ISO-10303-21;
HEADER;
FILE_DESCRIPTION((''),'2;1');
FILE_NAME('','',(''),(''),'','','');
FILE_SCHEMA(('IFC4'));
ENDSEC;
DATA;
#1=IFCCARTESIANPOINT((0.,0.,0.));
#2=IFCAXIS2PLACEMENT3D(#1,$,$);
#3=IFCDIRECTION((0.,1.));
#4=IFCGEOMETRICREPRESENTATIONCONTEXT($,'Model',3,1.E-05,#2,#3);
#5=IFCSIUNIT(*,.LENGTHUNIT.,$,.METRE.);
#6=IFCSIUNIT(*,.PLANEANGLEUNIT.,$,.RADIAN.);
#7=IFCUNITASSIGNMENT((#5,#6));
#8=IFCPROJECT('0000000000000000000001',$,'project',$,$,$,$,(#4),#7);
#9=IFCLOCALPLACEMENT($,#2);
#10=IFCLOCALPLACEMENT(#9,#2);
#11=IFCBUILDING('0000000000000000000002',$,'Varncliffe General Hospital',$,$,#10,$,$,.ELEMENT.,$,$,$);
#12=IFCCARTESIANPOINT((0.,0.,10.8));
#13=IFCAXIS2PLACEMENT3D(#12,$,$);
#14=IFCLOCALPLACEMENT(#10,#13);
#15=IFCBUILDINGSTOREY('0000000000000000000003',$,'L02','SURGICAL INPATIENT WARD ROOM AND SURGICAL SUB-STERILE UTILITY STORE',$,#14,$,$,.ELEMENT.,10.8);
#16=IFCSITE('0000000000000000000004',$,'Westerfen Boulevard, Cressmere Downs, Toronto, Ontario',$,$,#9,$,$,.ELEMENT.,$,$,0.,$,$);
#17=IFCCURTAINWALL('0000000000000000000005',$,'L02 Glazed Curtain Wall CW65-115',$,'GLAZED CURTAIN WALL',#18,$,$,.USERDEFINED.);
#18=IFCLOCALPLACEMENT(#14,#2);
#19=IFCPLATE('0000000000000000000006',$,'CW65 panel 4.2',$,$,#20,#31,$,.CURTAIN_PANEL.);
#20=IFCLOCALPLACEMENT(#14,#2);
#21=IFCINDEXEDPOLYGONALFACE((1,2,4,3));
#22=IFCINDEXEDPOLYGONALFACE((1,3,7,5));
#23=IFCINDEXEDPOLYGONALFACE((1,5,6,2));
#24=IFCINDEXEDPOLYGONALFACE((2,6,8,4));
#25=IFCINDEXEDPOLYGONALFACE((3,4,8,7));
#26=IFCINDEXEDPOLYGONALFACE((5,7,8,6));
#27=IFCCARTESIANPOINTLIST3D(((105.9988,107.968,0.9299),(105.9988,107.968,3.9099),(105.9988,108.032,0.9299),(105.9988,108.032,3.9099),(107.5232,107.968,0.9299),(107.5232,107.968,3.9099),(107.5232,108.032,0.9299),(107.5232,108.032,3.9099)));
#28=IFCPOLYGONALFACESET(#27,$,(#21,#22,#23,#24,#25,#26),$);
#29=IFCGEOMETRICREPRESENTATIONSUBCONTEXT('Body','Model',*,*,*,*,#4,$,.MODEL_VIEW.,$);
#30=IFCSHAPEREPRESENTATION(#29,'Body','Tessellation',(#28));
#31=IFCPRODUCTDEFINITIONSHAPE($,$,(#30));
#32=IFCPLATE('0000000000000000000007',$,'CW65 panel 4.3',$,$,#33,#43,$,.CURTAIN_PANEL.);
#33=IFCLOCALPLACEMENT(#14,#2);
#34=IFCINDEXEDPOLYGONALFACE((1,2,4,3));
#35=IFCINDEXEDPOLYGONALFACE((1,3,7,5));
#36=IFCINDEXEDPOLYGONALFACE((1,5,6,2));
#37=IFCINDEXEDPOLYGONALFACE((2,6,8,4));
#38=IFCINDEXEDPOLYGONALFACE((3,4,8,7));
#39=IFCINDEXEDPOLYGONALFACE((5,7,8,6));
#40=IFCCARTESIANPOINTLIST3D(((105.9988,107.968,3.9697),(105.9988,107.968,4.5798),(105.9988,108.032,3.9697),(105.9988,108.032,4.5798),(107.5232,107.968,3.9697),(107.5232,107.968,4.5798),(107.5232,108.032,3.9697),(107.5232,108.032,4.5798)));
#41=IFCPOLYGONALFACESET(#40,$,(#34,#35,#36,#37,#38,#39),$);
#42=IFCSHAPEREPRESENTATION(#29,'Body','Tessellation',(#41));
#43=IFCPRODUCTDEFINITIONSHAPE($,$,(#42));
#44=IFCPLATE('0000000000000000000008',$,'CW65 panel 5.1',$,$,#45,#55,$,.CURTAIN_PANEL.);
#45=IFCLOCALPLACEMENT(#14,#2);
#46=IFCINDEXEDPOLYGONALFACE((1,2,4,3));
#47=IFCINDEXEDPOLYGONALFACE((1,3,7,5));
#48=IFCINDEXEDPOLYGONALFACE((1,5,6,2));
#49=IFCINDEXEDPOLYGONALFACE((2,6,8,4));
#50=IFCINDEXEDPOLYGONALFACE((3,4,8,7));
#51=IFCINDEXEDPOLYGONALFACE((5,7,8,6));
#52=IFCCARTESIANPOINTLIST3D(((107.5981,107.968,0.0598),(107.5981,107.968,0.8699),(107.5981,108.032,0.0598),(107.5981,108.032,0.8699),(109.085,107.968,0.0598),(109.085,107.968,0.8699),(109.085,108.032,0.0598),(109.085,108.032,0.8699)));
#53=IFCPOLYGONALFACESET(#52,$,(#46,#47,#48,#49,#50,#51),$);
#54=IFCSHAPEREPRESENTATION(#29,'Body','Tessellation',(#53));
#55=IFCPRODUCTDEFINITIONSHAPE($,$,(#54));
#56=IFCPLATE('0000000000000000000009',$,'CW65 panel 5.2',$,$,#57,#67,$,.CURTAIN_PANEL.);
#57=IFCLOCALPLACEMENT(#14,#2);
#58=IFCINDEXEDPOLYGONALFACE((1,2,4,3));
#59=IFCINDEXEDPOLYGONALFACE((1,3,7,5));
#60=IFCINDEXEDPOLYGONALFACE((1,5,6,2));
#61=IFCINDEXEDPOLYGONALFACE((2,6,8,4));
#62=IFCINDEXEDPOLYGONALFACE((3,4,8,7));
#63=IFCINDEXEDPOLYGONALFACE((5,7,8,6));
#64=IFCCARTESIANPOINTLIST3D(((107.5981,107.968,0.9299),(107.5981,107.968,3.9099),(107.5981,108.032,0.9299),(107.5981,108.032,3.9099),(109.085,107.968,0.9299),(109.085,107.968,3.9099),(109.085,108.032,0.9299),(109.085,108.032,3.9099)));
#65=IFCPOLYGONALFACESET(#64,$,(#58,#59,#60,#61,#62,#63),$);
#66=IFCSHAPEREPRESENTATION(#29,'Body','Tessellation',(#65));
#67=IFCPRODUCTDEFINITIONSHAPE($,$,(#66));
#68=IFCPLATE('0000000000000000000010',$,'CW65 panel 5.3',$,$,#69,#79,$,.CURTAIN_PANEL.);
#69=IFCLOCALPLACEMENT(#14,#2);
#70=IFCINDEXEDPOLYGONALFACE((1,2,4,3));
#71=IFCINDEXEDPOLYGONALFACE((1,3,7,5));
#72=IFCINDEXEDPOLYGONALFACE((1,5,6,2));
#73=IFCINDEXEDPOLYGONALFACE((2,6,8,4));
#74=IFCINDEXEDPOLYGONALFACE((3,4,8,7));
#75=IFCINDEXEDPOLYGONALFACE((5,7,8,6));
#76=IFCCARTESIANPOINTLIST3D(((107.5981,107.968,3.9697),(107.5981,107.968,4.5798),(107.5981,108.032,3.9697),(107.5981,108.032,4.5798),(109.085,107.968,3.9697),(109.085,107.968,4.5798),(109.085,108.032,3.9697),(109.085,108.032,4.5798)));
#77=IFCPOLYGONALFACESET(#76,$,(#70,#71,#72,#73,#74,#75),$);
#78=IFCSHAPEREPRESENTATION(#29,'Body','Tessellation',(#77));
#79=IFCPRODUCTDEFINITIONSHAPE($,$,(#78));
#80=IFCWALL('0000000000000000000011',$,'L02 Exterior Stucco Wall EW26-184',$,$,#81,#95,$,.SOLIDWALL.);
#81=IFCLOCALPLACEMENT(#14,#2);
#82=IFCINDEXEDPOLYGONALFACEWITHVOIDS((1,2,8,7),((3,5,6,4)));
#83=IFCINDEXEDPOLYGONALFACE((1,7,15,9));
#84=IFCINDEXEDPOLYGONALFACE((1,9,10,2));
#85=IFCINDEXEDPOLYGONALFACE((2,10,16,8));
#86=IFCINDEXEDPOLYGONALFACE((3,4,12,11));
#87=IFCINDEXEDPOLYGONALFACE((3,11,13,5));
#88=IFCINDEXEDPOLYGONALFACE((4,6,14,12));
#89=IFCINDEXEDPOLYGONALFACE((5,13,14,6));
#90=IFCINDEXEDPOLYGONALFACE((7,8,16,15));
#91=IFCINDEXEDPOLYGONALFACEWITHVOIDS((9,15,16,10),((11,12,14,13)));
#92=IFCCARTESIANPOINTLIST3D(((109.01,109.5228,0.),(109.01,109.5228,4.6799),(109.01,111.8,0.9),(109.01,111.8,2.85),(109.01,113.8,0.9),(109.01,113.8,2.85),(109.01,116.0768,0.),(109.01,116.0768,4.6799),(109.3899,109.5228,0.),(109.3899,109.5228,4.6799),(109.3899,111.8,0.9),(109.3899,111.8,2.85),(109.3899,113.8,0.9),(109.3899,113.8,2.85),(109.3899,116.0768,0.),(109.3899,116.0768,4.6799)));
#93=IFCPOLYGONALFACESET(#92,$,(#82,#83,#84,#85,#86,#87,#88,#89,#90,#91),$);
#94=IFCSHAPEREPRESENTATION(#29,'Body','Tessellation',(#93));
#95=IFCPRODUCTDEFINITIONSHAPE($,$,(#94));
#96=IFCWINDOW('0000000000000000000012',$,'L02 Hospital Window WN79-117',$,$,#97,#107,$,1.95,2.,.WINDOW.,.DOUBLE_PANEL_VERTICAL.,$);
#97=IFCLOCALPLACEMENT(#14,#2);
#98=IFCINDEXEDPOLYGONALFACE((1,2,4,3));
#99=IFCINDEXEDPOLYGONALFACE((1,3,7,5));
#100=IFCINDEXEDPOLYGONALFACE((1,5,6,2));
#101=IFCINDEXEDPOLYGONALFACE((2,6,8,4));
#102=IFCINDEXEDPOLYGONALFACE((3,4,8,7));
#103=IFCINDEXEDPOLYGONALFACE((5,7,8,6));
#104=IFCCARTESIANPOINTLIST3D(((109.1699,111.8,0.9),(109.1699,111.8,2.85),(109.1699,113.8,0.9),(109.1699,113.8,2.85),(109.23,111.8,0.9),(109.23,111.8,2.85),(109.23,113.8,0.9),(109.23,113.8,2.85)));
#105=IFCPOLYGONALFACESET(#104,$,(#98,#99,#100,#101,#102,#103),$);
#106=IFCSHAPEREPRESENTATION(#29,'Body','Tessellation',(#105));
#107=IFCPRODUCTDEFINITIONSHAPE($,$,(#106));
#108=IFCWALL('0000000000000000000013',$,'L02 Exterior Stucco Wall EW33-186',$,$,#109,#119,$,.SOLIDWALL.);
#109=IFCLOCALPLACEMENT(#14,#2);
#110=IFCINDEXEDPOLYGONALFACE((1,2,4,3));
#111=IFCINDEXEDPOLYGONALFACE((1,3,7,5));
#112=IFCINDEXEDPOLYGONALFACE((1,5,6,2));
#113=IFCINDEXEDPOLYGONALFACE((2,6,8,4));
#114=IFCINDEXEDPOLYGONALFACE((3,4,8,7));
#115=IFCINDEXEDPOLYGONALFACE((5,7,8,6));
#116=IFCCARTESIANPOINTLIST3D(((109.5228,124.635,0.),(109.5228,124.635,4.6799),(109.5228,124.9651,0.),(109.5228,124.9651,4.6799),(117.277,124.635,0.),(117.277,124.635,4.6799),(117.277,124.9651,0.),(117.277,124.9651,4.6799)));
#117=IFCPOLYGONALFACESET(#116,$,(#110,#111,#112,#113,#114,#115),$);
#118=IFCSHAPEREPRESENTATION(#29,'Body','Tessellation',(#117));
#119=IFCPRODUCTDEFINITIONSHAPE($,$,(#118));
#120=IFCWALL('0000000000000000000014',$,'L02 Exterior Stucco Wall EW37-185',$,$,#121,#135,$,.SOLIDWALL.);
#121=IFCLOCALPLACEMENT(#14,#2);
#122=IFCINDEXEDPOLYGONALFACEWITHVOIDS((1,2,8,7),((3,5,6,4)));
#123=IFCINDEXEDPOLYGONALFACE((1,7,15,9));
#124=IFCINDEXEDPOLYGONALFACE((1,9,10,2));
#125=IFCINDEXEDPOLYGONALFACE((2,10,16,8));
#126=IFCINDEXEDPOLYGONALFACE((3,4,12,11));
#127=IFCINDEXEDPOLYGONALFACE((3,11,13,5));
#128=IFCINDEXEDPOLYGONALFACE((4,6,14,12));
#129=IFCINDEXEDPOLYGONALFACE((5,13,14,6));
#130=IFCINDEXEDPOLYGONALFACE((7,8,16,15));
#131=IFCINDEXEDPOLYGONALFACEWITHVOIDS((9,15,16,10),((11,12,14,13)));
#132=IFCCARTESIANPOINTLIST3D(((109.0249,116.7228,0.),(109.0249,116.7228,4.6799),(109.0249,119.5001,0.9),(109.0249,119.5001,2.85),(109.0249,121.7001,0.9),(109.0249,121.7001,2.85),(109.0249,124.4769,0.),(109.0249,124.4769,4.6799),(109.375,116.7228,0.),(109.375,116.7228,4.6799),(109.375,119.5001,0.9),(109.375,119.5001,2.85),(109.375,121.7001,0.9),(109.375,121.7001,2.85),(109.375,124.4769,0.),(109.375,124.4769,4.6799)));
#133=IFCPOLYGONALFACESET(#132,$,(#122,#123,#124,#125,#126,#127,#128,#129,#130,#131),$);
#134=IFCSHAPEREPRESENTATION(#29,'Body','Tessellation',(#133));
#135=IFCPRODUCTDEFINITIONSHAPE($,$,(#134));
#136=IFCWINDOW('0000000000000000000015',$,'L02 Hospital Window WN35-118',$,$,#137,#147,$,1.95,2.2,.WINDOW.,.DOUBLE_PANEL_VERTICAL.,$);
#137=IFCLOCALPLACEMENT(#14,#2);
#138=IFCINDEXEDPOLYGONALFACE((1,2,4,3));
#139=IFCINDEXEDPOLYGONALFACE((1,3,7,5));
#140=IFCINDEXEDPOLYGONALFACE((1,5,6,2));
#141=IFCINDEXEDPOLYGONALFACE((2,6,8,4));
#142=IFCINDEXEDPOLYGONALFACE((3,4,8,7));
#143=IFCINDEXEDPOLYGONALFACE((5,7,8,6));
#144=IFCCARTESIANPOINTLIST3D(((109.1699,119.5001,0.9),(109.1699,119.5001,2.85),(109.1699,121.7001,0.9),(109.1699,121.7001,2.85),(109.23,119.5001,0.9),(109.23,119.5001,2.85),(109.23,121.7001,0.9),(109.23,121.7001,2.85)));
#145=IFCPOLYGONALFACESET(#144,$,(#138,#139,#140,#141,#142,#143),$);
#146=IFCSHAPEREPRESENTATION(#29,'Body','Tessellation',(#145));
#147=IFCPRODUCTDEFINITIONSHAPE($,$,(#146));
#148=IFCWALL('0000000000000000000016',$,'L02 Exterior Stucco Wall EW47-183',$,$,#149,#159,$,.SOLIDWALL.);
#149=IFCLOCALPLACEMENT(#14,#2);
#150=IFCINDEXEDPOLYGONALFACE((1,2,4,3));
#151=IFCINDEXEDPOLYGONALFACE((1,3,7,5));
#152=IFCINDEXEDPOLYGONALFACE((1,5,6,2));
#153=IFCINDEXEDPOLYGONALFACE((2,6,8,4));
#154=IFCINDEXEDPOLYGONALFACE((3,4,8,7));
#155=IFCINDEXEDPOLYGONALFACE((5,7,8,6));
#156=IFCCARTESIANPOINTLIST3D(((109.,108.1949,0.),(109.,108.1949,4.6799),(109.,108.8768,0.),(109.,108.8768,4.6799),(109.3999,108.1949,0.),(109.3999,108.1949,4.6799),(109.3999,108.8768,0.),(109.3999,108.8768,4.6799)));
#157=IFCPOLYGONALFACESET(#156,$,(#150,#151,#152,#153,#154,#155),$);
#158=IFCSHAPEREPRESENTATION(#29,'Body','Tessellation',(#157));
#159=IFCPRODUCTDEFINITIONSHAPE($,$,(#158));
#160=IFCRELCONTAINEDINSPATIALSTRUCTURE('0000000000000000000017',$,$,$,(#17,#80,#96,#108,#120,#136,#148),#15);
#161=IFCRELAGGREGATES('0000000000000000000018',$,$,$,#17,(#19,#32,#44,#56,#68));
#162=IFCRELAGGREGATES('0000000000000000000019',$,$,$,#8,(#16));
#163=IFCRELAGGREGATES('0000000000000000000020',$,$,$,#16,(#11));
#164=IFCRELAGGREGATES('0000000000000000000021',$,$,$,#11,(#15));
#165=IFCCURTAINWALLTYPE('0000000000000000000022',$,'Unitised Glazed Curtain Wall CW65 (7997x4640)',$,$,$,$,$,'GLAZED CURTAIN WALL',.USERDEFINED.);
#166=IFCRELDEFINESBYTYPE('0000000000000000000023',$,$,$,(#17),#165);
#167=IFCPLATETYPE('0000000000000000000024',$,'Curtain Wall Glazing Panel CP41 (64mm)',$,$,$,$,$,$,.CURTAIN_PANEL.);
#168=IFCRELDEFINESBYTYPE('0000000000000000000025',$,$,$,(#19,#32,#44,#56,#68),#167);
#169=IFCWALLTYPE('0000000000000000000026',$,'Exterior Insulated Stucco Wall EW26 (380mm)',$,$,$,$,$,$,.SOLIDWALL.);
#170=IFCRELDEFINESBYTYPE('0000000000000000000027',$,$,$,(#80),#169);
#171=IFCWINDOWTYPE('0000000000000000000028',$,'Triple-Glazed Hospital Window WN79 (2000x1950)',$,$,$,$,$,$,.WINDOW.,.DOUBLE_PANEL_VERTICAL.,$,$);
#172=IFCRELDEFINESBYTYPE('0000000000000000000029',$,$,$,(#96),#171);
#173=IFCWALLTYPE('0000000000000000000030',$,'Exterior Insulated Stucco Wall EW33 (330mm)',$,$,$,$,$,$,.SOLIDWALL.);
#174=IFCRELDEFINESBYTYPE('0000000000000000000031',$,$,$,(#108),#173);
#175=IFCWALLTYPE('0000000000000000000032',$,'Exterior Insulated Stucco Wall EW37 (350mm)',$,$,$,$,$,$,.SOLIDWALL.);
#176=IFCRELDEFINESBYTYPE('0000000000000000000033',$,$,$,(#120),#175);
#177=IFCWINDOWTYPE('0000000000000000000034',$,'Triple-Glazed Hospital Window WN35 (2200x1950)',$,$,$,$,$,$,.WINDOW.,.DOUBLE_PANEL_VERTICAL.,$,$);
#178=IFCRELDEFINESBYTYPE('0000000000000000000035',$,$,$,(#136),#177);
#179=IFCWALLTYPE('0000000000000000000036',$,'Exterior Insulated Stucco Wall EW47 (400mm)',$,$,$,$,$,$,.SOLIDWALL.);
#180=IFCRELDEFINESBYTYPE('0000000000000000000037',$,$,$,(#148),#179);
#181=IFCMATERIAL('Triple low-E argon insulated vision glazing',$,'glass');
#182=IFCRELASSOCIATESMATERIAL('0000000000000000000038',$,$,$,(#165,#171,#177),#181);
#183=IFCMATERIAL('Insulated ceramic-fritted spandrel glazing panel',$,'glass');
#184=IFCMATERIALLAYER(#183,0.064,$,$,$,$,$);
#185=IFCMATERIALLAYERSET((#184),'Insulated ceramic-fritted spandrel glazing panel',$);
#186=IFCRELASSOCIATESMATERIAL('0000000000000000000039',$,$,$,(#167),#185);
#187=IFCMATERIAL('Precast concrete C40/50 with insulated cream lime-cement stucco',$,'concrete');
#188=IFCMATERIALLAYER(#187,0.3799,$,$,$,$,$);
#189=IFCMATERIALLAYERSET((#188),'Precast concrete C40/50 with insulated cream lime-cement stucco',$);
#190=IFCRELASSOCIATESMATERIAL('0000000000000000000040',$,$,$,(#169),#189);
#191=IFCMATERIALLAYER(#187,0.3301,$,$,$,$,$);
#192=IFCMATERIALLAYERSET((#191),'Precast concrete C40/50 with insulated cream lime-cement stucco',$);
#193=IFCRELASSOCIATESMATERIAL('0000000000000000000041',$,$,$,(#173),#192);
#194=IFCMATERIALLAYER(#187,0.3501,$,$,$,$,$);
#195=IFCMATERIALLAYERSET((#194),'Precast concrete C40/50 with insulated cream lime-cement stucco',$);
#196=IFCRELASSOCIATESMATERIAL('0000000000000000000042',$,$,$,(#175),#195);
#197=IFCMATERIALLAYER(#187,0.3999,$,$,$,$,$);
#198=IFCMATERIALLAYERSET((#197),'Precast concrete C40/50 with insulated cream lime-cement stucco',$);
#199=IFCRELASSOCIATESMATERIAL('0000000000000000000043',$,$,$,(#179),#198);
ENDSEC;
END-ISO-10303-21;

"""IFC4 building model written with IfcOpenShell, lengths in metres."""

from ifc_helpers import new_model, si_unit, direction, frame, frame_2d, origin, origin_2d, place, context, subcontext, project, spatial, rectangle, extrude, material, layer, layer_set, type_object, element, fill, aggregate, save


model = new_model("IFC4")

# Units and contexts
model_context = context("Model", 3, precision=1e-05, world=origin(), true_north=direction((0.0, 1.0)))
body_context = subcontext(model_context, "Body", "Model", "MODEL_VIEW")
ifc_project = project(units=[si_unit("LENGTHUNIT", "METRE"), si_unit("PLANEANGLEUNIT", "RADIAN")], contexts=[model_context])

# Site, building, storey
site_placement = place(None, origin())
site = spatial("IfcSite", under=ifc_project, at=site_placement, Name="Westerfen Boulevard, Cressmere Downs, Toronto, Ontario", CompositionType="ELEMENT", RefElevation=0.0)
building_placement = place(site_placement, origin())
building = spatial("IfcBuilding", under=site, at=building_placement, Name="Varncliffe General Hospital", CompositionType="ELEMENT")
storey_placement = place(building_placement, frame((0.0, 0.0, 10.8)))
storey = spatial("IfcBuildingStorey", under=building, at=storey_placement, Name="L02", Description="SURGICAL INPATIENT WARD ROOM AND SURGICAL SUB-STERILE UTILITY STORE", CompositionType="ELEMENT", Elevation=10.8)

# Curtain wall
ifc_material_1 = material(Name="Triple low-E argon insulated vision glazing", Category="glass")
curtain_wall_type = type_object("IfcCurtainWallType", Name="Unitised Glazed Curtain Wall CW65 (7997x4640)", ElementType="GLAZED CURTAIN WALL", PredefinedType="USERDEFINED", material=ifc_material_1)
curtain_wall_placement = place(storey_placement, origin())
curtain_wall = element("IfcCurtainWall", 1, at=curtain_wall_placement, inside=storey, type_object=curtain_wall_type, Name="L02 Glazed Curtain Wall CW65-115", ObjectType="GLAZED CURTAIN WALL", PredefinedType="USERDEFINED")

# Plates
ifc_material_2 = material(Name="Insulated ceramic-fritted spandrel glazing panel", Category="glass")
ifc_layer_1 = layer(ifc_material_2, 0.064)
ifc_layer_set_1 = layer_set([ifc_layer_1], Name="Insulated ceramic-fritted spandrel glazing panel")
plate_type = type_object("IfcPlateType", Name="Curtain Wall Glazing Panel CP41 (64mm)", PredefinedType="CURTAIN_PANEL", material=ifc_layer_set_1)
plate_1_placement = place(storey_placement, frame((106.761, 108.0, 0.9299), z_axis=(0.0, 0.0, 1.0), x_axis=(1.0, 0.0, 0.0)))
plate_1 = element("IfcPlate", 2, at=plate_1_placement, type_object=plate_type, Name="CW65 panel 4.2", PredefinedType="CURTAIN_PANEL", context=body_context, shape_type="SweptSolid", body=[
    extrude(rectangle(XDim=1.5244, YDim=0.064, at=origin_2d()), origin(), (0.0, 0.0, 1.0), 2.98),
])
plate_2_placement = place(storey_placement, frame((106.761, 108.0, 3.9697), z_axis=(0.0, 0.0, 1.0), x_axis=(1.0, 0.0, 0.0)))
plate_2 = element("IfcPlate", 3, at=plate_2_placement, type_object=plate_type, Name="CW65 panel 4.3", PredefinedType="CURTAIN_PANEL", context=body_context, shape_type="SweptSolid", body=[
    extrude(rectangle(XDim=1.5244, YDim=0.064, at=origin_2d()), origin(), (0.0, 0.0, 1.0), 0.6101),
])
plate_3_placement = place(storey_placement, frame((108.3416, 108.0, 0.0598), z_axis=(0.0, 0.0, 1.0), x_axis=(1.0, 0.0, 0.0)))
plate_3 = element("IfcPlate", 4, at=plate_3_placement, type_object=plate_type, Name="CW65 panel 5.1", PredefinedType="CURTAIN_PANEL", context=body_context, shape_type="SweptSolid", body=[
    extrude(rectangle(XDim=1.4868, YDim=0.064, at=origin_2d()), origin(), (0.0, 0.0, 1.0), 0.8101),
])
plate_4_placement = place(storey_placement, frame((108.3416, 108.0, 0.9299), z_axis=(0.0, 0.0, 1.0), x_axis=(1.0, 0.0, 0.0)))
plate_4 = element("IfcPlate", 5, at=plate_4_placement, type_object=plate_type, Name="CW65 panel 5.2", PredefinedType="CURTAIN_PANEL", context=body_context, shape_type="SweptSolid", body=[
    extrude(rectangle(XDim=1.4868, YDim=0.064, at=origin_2d()), origin(), (0.0, 0.0, 1.0), 2.98),
])
plate_5_placement = place(storey_placement, frame((108.3416, 108.0, 3.9697), z_axis=(0.0, 0.0, 1.0), x_axis=(1.0, 0.0, 0.0)))
plate_5 = element("IfcPlate", 6, at=plate_5_placement, type_object=plate_type, Name="CW65 panel 5.3", PredefinedType="CURTAIN_PANEL", context=body_context, shape_type="SweptSolid", body=[
    extrude(rectangle(XDim=1.4868, YDim=0.064, at=origin_2d()), origin(), (0.0, 0.0, 1.0), 0.6101),
])
aggregate(curtain_wall, [plate_1, plate_2, plate_3, plate_4, plate_5])

# Wall, opening, window
ifc_material_3 = material(Name="Precast concrete C40/50 with insulated cream lime-cement stucco", Category="concrete")
ifc_layer_2 = layer(ifc_material_3, 0.3799)
ifc_layer_set_2 = layer_set([ifc_layer_2], Name="Precast concrete C40/50 with insulated cream lime-cement stucco")
wall_type_1 = type_object("IfcWallType", Name="Exterior Insulated Stucco Wall EW26 (380mm)", PredefinedType="SOLIDWALL", material=ifc_layer_set_2)
wall_1_placement = place(storey_placement, frame((109.2, 109.5229, 0.0), z_axis=(0.0, 0.0, 1.0), x_axis=(0.0, 1.0, 0.0)))
wall_1 = element("IfcWall", 7, at=wall_1_placement, inside=storey, type_object=wall_type_1, Name="L02 Exterior Stucco Wall EW26-184", PredefinedType="SOLIDWALL", context=body_context, shape_type="SweptSolid", body=[
    extrude(rectangle(XDim=6.554, YDim=0.3799, at=frame_2d((3.2769, 0.0))), origin(), (0.0, 0.0, 1.0), 4.6799),
])
opening_1_placement = place(wall_1_placement, frame((2.2771, 0.0, 0.8999)))
opening_1 = element("IfcOpeningElement", 8, at=opening_1_placement, cuts=wall_1, PredefinedType="OPENING", context=body_context, shape_type="SweptSolid", body=[
    extrude(rectangle(XDim=2.0, YDim=1.95, at=frame_2d((1.0, 0.9751))), frame((0.0, 0.2, 0.0), z_axis=(0.0, -1.0, 0.0), x_axis=(1.0, 0.0, 0.0)), (0.0, 0.0, 1.0), 0.3999),
])
window_type_1 = type_object("IfcWindowType", Name="Triple-Glazed Hospital Window WN79 (2000x1950)", PartitioningType="DOUBLE_PANEL_VERTICAL", PredefinedType="WINDOW", material=ifc_material_1)
window_1_placement = place(opening_1_placement, origin())
window_1 = element("IfcWindow", 9, at=window_1_placement, inside=storey, type_object=window_type_1, Name="L02 Hospital Window WN79-117", OverallHeight=1.95, OverallWidth=2.0, PartitioningType="DOUBLE_PANEL_VERTICAL", PredefinedType="WINDOW", context=body_context, shape_type="SweptSolid", body=[
    extrude(rectangle(XDim=2.0, YDim=1.95, at=frame_2d((1.0, 0.9751))), frame((0.0, 0.03, 0.0), z_axis=(0.0, -1.0, 0.0), x_axis=(1.0, 0.0, 0.0)), (0.0, 0.0, 1.0), 0.0601),
])
fill(opening_1, window_1)

# Wall
ifc_layer_3 = layer(ifc_material_3, 0.3301)
ifc_layer_set_3 = layer_set([ifc_layer_3], Name="Precast concrete C40/50 with insulated cream lime-cement stucco")
wall_type_2 = type_object("IfcWallType", Name="Exterior Insulated Stucco Wall EW33 (330mm)", PredefinedType="SOLIDWALL", material=ifc_layer_set_3)
wall_2_placement = place(storey_placement, frame((109.5229, 124.8, 0.0), z_axis=(0.0, 0.0, 1.0), x_axis=(1.0, 0.0, 0.0)))
element("IfcWall", 10, at=wall_2_placement, inside=storey, type_object=wall_type_2, Name="L02 Exterior Stucco Wall EW33-186", PredefinedType="SOLIDWALL", context=body_context, shape_type="SweptSolid", body=[
    extrude(rectangle(XDim=7.7542, YDim=0.3301, at=frame_2d((3.877, 0.0))), origin(), (0.0, 0.0, 1.0), 4.6799),
])

# Wall, opening, window
ifc_layer_4 = layer(ifc_material_3, 0.3501)
ifc_layer_set_4 = layer_set([ifc_layer_4], Name="Precast concrete C40/50 with insulated cream lime-cement stucco")
wall_type_3 = type_object("IfcWallType", Name="Exterior Insulated Stucco Wall EW37 (350mm)", PredefinedType="SOLIDWALL", material=ifc_layer_set_4)
wall_3_placement = place(storey_placement, frame((109.2, 116.7229, 0.0), z_axis=(0.0, 0.0, 1.0), x_axis=(0.0, 1.0, 0.0)))
wall_3 = element("IfcWall", 11, at=wall_3_placement, inside=storey, type_object=wall_type_3, Name="L02 Exterior Stucco Wall EW37-185", PredefinedType="SOLIDWALL", context=body_context, shape_type="SweptSolid", body=[
    extrude(rectangle(XDim=7.7542, YDim=0.3501, at=frame_2d((3.877, 0.0))), origin(), (0.0, 0.0, 1.0), 4.6799),
])
opening_2_placement = place(wall_3_placement, frame((2.7771, 0.0, 0.8999)))
opening_2 = element("IfcOpeningElement", 12, at=opening_2_placement, cuts=wall_3, PredefinedType="OPENING", context=body_context, shape_type="SweptSolid", body=[
    extrude(rectangle(XDim=2.2, YDim=1.95, at=frame_2d((1.1001, 0.9751))), frame((0.0, 0.1851, 0.0), z_axis=(0.0, -1.0, 0.0), x_axis=(1.0, 0.0, 0.0)), (0.0, 0.0, 1.0), 0.3701),
])
window_type_2 = type_object("IfcWindowType", Name="Triple-Glazed Hospital Window WN35 (2200x1950)", PartitioningType="DOUBLE_PANEL_VERTICAL", PredefinedType="WINDOW", material=ifc_material_1)
window_2_placement = place(opening_2_placement, origin())
window_2 = element("IfcWindow", 13, at=window_2_placement, inside=storey, type_object=window_type_2, Name="L02 Hospital Window WN35-118", OverallHeight=1.95, OverallWidth=2.2, PartitioningType="DOUBLE_PANEL_VERTICAL", PredefinedType="WINDOW", context=body_context, shape_type="SweptSolid", body=[
    extrude(rectangle(XDim=2.2, YDim=1.95, at=frame_2d((1.1001, 0.9751))), frame((0.0, 0.03, 0.0), z_axis=(0.0, -1.0, 0.0), x_axis=(1.0, 0.0, 0.0)), (0.0, 0.0, 1.0), 0.0601),
])
fill(opening_2, window_2)

# Wall
ifc_layer_5 = layer(ifc_material_3, 0.3999)
ifc_layer_set_5 = layer_set([ifc_layer_5], Name="Precast concrete C40/50 with insulated cream lime-cement stucco")
wall_type_4 = type_object("IfcWallType", Name="Exterior Insulated Stucco Wall EW47 (400mm)", PredefinedType="SOLIDWALL", material=ifc_layer_set_5)
wall_4_placement = place(storey_placement, frame((109.2, 108.1951, 0.0), z_axis=(0.0, 0.0, 1.0), x_axis=(0.0, 1.0, 0.0)))
element("IfcWall", 14, at=wall_4_placement, inside=storey, type_object=wall_type_4, Name="L02 Exterior Stucco Wall EW47-183", PredefinedType="SOLIDWALL", context=body_context, shape_type="SweptSolid", body=[
    extrude(rectangle(XDim=0.6819, YDim=0.3999, at=frame_2d((0.3408, 0.0))), origin(), (0.0, 0.0, 1.0), 4.6799),
])

save(model, "model.ifc")
